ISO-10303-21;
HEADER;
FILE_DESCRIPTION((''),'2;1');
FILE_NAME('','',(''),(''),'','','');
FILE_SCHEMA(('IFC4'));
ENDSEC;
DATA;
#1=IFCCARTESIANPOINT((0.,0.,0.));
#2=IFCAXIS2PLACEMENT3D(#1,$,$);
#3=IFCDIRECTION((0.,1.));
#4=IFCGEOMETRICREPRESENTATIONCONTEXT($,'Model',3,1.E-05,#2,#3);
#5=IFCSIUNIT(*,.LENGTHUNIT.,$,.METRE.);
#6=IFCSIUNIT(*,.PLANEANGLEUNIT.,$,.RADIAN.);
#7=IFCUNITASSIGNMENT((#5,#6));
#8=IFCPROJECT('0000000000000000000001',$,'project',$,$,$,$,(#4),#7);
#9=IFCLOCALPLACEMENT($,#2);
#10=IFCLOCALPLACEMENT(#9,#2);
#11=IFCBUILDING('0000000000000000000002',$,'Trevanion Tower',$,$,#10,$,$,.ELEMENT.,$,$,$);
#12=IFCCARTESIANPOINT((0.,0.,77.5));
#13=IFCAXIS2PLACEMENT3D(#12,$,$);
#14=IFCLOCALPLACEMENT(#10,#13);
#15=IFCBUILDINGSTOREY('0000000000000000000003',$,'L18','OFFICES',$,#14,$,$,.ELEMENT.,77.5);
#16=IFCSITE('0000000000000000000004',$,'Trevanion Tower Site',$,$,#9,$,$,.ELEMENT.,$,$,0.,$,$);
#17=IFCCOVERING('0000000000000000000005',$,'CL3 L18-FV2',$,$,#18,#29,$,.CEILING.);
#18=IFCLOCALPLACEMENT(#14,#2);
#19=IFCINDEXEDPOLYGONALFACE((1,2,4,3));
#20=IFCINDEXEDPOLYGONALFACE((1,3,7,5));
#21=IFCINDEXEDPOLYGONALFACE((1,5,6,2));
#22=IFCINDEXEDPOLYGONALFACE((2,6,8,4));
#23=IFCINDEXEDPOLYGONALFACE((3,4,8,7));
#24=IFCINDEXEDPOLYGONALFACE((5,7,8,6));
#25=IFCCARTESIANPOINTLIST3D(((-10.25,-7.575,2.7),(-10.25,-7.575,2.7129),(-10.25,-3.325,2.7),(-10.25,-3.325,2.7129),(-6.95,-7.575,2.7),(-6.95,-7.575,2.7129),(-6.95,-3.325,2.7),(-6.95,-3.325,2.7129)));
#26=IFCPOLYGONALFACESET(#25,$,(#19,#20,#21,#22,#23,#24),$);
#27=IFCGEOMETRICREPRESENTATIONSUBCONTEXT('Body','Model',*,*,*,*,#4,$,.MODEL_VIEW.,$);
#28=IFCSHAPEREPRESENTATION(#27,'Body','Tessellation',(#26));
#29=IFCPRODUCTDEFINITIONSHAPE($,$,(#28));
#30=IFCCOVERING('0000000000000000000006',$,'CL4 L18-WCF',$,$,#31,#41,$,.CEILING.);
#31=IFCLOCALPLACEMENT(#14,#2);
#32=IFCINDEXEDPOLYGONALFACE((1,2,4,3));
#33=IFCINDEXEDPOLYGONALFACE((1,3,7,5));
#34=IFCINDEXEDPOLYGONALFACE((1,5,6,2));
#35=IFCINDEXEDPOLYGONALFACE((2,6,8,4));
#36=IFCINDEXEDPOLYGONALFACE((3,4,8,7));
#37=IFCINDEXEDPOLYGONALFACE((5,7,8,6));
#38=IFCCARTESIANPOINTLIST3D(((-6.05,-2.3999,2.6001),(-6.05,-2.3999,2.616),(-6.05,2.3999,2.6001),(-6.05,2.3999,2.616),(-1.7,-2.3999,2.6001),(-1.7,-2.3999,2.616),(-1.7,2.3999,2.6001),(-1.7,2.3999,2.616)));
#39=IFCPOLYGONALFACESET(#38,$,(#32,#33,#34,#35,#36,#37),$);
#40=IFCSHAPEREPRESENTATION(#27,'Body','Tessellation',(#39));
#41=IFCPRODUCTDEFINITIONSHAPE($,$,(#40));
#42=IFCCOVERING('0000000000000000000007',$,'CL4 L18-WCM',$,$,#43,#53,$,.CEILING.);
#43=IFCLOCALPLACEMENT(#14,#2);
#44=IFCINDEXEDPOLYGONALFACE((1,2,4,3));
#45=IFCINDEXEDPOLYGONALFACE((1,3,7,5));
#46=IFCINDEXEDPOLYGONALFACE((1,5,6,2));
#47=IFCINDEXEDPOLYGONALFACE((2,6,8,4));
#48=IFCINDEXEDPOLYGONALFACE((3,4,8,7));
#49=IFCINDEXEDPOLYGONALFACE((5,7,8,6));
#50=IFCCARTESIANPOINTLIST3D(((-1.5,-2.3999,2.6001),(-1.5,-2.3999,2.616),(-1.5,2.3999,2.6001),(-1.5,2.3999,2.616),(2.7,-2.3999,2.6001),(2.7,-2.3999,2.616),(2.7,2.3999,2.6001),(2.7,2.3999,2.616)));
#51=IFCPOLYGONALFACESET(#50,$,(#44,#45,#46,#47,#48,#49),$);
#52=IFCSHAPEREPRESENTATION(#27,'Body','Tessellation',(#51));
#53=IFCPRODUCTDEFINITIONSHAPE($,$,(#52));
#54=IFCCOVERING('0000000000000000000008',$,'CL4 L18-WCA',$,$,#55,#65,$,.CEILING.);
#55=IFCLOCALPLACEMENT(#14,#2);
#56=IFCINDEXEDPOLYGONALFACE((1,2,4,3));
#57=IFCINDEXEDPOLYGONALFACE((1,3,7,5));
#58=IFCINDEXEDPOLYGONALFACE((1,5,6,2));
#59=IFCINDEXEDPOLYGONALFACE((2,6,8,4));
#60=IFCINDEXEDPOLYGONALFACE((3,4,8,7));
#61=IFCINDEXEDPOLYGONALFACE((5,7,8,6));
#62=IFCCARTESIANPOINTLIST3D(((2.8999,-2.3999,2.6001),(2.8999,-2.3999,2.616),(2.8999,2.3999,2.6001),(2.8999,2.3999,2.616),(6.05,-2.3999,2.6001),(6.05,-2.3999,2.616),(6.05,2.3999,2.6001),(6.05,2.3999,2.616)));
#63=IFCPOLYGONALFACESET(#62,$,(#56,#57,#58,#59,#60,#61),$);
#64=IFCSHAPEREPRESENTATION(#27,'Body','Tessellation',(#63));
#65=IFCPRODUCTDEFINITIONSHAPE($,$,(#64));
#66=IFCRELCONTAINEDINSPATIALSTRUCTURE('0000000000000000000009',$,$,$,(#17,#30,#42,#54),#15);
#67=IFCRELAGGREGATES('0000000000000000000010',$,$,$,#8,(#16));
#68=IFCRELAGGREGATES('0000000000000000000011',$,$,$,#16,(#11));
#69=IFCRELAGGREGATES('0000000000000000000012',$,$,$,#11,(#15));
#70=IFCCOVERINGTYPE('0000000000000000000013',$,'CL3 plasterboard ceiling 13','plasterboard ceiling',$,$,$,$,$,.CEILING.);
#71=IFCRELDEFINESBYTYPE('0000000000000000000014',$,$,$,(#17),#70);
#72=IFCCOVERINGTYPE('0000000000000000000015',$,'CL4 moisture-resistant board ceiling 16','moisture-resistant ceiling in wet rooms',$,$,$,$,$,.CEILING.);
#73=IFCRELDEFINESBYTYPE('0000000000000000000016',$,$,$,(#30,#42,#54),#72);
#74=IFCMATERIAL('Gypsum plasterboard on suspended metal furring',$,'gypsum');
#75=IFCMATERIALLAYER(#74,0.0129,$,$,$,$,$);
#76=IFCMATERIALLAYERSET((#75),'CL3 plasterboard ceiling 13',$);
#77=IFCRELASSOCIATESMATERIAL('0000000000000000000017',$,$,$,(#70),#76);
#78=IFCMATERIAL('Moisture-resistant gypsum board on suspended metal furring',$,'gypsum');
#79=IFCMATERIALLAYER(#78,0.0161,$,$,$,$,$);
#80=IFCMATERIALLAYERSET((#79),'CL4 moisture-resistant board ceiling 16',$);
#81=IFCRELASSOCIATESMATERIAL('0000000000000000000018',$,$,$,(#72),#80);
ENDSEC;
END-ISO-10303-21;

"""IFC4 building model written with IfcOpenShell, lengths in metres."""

from ifc_helpers import new_model, si_unit, direction, frame, origin, place, context, subcontext, project, spatial, polyline, outline, extrude, material, layer, layer_set, type_object, element, save


model = new_model("IFC4")

# Units and contexts
model_context = context("Model", 3, precision=1e-05, world=origin(), true_north=direction((0.0, 1.0)))
body_context = subcontext(model_context, "Body", "Model", "MODEL_VIEW")
ifc_project = project(units=[si_unit("LENGTHUNIT", "METRE"), si_unit("PLANEANGLEUNIT", "RADIAN")], contexts=[model_context])

# Site, building, storey
site_placement = place(None, origin())
site = spatial("IfcSite", under=ifc_project, at=site_placement, Name="Trevanion Tower Site", CompositionType="ELEMENT", RefElevation=0.0)
building_placement = place(site_placement, origin())
building = spatial("IfcBuilding", under=site, at=building_placement, Name="Trevanion Tower", CompositionType="ELEMENT")
storey_placement = place(building_placement, frame((0.0, 0.0, 77.5)))
storey = spatial("IfcBuildingStorey", under=building, at=storey_placement, Name="L18", Description="OFFICES", CompositionType="ELEMENT", Elevation=77.5)

# Coverings
ifc_material_1 = material(Name="Gypsum plasterboard on suspended metal furring", Category="gypsum")
ifc_layer_1 = layer(ifc_material_1, 0.0129)
ifc_layer_set_1 = layer_set([ifc_layer_1], Name="CL3 plasterboard ceiling 13")
covering_type_1 = type_object("IfcCoveringType", Name="CL3 plasterboard ceiling 13", Description="plasterboard ceiling", PredefinedType="CEILING", material=ifc_layer_set_1)
covering_1_placement = place(storey_placement, frame((0.0, 0.0, 2.7)))
element("IfcCovering", 1, at=covering_1_placement, inside=storey, type_object=covering_type_1, Name="CL3 L18-FV2", PredefinedType="CEILING", context=body_context, shape_type="SweptSolid", body=[
    extrude(outline(polyline([(-10.25, -3.325), (-10.25, -7.575), (-6.95, -7.575), (-6.95, -3.325), (-10.25, -3.325)])), origin(), (0.0, 0.0, 1.0), 0.0129),
])
ifc_material_2 = material(Name="Moisture-resistant gypsum board on suspended metal furring", Category="gypsum")
ifc_layer_2 = layer(ifc_material_2, 0.0161)
ifc_layer_set_2 = layer_set([ifc_layer_2], Name="CL4 moisture-resistant board ceiling 16")
covering_type_2 = type_object("IfcCoveringType", Name="CL4 moisture-resistant board ceiling 16", Description="moisture-resistant ceiling in wet rooms", PredefinedType="CEILING", material=ifc_layer_set_2)
covering_2_placement = place(storey_placement, frame((0.0, 0.0, 2.6001)))
element("IfcCovering", 2, at=covering_2_placement, inside=storey, type_object=covering_type_2, Name="CL4 L18-WCF", PredefinedType="CEILING", context=body_context, shape_type="SweptSolid", body=[
    extrude(outline(polyline([(-1.7, -2.3999), (-1.7, 2.3999), (-6.05, 2.3999), (-6.05, -2.3999), (-1.7, -2.3999)])), origin(), (0.0, 0.0, 1.0), 0.0159),
])
covering_3_placement = place(storey_placement, frame((0.0, 0.0, 2.6001)))
element("IfcCovering", 3, at=covering_3_placement, inside=storey, type_object=covering_type_2, Name="CL4 L18-WCM", PredefinedType="CEILING", context=body_context, shape_type="SweptSolid", body=[
    extrude(outline(polyline([(2.7, -2.3999), (2.7, 2.3999), (-1.5, 2.3999), (-1.5, -2.3999), (2.7, -2.3999)])), origin(), (0.0, 0.0, 1.0), 0.0159),
])
covering_4_placement = place(storey_placement, frame((0.0, 0.0, 2.6001)))
element("IfcCovering", 4, at=covering_4_placement, inside=storey, type_object=covering_type_2, Name="CL4 L18-WCA", PredefinedType="CEILING", context=body_context, shape_type="SweptSolid", body=[
    extrude(outline(polyline([(6.05, -2.3999), (6.05, 2.3999), (2.8999, 2.3999), (2.8999, -2.3999), (6.05, -2.3999)])), origin(), (0.0, 0.0, 1.0), 0.0159),
])

save(model, "model.ifc")
